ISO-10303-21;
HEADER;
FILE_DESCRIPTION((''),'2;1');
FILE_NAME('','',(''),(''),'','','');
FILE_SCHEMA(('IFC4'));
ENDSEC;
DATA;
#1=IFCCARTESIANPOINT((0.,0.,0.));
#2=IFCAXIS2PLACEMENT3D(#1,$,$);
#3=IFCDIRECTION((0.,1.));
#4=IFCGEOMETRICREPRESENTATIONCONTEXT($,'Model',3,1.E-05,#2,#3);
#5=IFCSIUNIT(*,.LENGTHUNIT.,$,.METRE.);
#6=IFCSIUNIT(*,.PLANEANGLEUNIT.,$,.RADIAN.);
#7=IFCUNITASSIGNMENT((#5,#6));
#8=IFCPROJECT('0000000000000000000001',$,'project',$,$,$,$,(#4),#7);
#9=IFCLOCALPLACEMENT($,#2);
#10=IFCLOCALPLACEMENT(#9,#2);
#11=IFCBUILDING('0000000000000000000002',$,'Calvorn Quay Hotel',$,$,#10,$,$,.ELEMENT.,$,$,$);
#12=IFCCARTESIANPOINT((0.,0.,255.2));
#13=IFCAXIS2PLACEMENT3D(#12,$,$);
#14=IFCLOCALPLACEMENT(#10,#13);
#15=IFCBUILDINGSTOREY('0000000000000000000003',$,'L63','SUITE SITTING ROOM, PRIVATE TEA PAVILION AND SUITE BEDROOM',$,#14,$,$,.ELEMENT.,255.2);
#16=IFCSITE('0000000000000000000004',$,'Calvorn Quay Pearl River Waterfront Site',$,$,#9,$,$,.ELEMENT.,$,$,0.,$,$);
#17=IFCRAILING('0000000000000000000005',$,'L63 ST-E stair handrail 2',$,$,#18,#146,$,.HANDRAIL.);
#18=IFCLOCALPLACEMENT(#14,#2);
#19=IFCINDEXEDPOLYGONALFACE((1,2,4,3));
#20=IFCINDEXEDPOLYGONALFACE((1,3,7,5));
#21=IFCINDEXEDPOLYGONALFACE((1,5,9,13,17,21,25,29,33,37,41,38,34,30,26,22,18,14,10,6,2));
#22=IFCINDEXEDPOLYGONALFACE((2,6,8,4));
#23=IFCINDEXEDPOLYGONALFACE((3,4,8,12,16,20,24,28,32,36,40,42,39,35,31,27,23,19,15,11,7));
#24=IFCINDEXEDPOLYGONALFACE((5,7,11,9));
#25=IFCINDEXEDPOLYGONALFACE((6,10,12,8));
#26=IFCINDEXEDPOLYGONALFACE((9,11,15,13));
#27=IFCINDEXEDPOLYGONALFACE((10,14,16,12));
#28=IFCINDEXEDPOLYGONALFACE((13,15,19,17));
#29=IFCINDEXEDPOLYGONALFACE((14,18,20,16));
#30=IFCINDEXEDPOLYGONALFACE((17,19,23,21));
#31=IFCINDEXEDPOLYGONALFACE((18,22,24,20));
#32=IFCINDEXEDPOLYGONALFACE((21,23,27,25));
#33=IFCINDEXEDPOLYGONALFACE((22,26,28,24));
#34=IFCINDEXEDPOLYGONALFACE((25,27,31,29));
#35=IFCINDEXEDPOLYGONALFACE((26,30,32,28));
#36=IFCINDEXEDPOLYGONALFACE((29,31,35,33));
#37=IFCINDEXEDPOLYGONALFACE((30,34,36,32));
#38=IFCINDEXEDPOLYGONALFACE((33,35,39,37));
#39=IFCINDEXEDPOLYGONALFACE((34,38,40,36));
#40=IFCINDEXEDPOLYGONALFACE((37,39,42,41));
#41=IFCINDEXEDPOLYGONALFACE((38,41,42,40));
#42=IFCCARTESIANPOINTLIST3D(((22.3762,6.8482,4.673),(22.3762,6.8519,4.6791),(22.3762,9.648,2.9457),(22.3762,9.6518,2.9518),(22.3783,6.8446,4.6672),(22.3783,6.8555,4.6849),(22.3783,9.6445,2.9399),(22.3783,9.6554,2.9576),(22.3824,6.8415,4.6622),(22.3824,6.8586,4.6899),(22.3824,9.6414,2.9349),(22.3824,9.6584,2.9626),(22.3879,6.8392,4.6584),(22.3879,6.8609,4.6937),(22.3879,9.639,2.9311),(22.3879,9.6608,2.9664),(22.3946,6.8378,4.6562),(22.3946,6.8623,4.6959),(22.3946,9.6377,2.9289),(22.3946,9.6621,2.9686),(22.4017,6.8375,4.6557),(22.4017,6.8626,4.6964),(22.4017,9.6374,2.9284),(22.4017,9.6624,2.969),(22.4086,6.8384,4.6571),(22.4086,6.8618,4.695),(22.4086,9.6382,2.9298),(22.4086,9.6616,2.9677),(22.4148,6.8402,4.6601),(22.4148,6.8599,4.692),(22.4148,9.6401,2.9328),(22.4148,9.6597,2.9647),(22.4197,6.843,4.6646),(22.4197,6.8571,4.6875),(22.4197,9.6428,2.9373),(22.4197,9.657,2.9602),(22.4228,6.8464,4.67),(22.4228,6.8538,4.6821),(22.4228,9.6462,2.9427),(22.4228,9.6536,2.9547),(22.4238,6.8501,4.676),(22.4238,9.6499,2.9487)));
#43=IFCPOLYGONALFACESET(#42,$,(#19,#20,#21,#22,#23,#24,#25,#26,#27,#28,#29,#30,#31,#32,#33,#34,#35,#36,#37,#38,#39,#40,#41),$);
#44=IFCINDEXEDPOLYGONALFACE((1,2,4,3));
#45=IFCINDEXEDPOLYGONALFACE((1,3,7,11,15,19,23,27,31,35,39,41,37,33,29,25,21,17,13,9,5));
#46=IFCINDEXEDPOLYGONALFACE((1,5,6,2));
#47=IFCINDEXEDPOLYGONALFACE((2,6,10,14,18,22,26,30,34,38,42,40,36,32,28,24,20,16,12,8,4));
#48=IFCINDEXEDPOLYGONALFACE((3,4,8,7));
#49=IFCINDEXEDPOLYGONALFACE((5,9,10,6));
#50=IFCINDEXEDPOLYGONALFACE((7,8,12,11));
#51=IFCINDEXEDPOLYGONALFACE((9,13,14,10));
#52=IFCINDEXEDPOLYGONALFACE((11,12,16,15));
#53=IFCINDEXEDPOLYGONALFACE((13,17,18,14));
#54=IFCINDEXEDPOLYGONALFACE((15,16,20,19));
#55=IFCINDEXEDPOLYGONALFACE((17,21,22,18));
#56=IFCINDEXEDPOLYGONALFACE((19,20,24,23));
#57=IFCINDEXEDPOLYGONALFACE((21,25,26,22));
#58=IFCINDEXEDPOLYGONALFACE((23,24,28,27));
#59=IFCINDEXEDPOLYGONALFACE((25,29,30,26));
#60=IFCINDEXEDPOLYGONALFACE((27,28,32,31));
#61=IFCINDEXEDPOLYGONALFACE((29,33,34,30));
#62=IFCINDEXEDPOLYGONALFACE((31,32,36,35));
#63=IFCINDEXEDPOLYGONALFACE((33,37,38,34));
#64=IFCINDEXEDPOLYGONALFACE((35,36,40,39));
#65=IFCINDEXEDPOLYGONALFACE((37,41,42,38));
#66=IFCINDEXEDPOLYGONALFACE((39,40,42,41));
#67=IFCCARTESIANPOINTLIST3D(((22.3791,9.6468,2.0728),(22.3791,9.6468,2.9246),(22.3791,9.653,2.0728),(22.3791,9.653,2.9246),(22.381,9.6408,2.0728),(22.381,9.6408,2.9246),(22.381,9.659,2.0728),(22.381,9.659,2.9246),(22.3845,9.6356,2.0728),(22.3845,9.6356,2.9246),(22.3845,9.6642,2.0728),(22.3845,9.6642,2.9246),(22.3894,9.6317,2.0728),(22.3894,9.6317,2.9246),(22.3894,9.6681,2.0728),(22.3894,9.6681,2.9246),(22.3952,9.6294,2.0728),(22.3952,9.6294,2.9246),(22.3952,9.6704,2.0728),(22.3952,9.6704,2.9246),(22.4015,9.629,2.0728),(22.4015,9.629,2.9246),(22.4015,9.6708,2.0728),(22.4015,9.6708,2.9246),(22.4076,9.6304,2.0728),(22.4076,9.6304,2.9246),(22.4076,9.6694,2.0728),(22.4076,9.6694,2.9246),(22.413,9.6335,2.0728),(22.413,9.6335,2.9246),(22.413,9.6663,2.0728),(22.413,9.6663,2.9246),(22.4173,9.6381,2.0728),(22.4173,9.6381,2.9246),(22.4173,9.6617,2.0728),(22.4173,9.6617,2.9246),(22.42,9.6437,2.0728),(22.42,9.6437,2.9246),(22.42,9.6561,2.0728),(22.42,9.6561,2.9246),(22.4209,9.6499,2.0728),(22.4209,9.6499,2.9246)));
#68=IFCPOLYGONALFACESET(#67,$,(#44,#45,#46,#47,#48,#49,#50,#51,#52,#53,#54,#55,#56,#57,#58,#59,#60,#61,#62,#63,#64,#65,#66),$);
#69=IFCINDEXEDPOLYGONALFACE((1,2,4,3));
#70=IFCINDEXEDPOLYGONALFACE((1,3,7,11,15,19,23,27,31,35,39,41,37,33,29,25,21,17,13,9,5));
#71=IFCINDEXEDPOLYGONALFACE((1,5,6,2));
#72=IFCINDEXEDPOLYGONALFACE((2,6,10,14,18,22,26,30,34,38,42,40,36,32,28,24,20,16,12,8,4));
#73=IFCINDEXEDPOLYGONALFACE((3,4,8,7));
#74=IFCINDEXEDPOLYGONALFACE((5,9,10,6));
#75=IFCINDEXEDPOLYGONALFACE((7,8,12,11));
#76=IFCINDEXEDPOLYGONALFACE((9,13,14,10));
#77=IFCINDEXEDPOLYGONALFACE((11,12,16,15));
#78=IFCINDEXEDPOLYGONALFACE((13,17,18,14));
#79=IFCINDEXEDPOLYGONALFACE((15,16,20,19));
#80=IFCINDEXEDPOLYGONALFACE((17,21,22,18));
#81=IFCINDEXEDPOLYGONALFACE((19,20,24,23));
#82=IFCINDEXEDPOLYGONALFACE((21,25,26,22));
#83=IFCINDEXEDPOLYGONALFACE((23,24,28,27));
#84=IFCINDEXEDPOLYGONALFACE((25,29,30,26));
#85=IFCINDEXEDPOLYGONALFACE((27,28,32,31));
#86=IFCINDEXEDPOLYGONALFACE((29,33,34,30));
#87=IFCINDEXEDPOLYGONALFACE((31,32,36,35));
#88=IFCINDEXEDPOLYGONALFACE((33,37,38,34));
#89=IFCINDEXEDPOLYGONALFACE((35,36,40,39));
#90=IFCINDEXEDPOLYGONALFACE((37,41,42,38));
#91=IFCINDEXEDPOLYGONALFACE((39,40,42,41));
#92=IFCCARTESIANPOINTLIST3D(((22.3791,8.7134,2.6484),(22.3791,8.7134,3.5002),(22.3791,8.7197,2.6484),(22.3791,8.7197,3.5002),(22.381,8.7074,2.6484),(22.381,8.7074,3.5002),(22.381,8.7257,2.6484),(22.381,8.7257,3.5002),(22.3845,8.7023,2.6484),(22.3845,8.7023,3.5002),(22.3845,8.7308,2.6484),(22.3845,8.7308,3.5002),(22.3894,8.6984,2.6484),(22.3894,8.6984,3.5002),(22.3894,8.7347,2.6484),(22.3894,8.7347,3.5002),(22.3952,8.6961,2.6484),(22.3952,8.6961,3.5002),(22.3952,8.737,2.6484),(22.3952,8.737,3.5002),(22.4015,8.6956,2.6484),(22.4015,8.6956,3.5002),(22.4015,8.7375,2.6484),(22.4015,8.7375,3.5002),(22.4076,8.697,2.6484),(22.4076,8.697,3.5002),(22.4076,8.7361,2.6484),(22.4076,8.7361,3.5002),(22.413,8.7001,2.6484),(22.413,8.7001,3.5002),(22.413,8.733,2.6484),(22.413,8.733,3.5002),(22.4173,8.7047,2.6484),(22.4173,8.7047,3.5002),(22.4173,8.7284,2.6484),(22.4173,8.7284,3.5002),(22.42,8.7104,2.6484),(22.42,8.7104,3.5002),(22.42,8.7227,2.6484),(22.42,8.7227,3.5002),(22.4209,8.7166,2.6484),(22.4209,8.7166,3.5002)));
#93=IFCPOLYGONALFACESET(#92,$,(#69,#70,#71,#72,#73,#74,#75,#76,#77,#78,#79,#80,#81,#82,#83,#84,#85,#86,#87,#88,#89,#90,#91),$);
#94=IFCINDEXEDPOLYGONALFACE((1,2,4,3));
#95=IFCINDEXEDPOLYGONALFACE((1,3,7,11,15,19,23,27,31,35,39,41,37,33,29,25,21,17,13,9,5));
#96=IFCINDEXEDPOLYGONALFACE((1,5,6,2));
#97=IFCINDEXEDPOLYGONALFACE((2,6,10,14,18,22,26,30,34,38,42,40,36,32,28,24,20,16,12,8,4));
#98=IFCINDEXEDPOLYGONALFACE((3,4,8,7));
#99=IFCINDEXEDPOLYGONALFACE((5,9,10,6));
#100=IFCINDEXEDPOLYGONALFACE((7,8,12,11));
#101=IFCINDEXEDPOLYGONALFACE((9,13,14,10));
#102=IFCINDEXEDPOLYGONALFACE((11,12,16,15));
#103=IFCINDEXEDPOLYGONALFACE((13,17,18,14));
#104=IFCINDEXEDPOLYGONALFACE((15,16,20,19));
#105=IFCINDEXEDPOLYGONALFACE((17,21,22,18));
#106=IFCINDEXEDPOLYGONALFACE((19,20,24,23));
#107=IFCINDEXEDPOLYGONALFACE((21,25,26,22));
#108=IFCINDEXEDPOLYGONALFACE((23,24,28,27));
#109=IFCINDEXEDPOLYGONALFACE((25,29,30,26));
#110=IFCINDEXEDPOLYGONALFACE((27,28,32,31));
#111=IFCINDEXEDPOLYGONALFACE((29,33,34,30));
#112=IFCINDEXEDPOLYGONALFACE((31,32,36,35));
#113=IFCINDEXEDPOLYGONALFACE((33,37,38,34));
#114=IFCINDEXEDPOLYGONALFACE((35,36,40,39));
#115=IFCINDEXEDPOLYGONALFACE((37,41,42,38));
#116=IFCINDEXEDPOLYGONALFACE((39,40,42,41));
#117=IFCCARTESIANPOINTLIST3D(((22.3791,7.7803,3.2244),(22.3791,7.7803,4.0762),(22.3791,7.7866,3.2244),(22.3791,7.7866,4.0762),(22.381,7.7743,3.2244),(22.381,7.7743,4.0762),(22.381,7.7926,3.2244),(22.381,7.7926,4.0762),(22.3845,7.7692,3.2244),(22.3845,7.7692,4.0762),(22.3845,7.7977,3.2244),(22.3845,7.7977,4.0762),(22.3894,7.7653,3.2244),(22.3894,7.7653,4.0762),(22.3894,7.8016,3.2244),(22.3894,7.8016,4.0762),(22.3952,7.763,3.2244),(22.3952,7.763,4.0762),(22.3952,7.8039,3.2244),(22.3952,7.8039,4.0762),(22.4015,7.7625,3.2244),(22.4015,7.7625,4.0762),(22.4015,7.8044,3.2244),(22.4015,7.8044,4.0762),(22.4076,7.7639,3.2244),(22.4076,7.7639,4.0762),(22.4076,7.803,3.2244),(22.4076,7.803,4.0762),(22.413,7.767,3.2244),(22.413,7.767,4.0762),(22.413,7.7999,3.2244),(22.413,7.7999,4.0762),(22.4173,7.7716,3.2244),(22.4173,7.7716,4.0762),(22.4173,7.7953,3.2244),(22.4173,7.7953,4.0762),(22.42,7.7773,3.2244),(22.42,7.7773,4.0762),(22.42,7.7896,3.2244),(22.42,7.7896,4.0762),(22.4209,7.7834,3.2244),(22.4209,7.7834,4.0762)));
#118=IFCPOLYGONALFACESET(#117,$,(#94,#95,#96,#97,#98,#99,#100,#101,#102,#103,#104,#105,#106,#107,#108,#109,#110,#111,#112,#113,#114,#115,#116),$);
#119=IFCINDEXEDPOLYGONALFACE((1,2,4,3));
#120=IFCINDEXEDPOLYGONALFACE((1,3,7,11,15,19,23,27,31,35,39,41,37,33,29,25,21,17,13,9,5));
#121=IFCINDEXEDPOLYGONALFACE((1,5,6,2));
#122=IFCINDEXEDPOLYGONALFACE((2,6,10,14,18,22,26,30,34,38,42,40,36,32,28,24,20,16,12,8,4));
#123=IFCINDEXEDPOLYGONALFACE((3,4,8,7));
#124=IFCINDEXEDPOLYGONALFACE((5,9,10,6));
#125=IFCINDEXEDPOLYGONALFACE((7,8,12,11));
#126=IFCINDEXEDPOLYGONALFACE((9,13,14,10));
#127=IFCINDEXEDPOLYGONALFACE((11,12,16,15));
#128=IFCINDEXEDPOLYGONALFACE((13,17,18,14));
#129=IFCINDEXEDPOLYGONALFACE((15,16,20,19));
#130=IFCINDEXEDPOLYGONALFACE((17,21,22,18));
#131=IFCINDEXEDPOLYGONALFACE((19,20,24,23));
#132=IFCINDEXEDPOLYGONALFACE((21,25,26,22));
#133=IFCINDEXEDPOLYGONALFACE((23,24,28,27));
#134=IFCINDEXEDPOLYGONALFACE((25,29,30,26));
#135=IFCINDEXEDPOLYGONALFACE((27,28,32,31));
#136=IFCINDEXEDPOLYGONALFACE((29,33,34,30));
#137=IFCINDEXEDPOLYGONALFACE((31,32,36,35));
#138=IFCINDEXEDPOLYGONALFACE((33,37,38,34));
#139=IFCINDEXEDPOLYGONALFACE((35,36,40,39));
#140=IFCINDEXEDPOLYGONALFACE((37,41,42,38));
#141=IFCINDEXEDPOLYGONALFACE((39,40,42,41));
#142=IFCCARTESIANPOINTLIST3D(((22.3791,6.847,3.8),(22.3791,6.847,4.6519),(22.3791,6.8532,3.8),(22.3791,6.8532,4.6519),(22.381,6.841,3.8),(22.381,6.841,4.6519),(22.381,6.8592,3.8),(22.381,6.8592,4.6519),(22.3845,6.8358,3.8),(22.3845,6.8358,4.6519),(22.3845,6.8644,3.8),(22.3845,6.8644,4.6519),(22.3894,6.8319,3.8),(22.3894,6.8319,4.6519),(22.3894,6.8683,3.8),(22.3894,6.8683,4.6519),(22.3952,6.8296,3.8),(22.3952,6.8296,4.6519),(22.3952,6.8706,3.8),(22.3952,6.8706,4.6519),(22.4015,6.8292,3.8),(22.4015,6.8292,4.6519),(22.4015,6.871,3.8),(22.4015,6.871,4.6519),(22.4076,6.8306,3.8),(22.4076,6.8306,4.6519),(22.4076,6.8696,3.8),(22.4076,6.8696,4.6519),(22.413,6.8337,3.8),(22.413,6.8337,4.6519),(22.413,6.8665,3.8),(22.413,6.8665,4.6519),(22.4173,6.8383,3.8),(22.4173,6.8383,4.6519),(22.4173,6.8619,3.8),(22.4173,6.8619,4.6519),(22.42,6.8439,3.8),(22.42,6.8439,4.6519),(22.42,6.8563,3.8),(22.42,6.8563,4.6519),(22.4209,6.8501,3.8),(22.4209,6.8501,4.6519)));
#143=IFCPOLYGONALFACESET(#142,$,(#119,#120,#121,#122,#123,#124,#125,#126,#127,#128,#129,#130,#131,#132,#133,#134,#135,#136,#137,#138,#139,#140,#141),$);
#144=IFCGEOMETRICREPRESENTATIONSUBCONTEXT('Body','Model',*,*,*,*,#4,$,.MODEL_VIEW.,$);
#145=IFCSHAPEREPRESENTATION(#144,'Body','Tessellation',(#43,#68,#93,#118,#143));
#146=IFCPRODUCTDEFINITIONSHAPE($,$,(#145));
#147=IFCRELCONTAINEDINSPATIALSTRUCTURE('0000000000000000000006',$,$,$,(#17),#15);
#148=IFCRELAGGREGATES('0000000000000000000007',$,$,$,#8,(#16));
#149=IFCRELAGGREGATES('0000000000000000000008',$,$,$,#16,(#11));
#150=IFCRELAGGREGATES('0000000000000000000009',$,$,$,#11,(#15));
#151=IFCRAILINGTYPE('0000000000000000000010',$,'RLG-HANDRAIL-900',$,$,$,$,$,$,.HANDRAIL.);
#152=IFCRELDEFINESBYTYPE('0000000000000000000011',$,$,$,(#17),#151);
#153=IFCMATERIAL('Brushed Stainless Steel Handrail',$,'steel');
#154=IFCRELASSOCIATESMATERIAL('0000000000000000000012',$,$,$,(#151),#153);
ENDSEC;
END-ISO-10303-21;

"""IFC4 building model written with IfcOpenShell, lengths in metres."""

from ifc_helpers import new_model, si_unit, direction, frame, origin, origin_2d, place, context, subcontext, project, spatial, circle, extrude, material, type_object, element, save


model = new_model("IFC4")

# Units and contexts
model_context = context("Model", 3, precision=1e-05, world=origin(), true_north=direction((0.0, 1.0)))
body_context = subcontext(model_context, "Body", "Model", "MODEL_VIEW")
ifc_project = project(units=[si_unit("LENGTHUNIT", "METRE"), si_unit("PLANEANGLEUNIT", "RADIAN")], contexts=[model_context])

# Site, building, storey
site_placement = place(None, origin())
site = spatial("IfcSite", under=ifc_project, at=site_placement, Name="Calvorn Quay Pearl River Waterfront Site", CompositionType="ELEMENT", RefElevation=0.0)
building_placement = place(site_placement, origin())
building = spatial("IfcBuilding", under=site, at=building_placement, Name="Calvorn Quay Hotel", CompositionType="ELEMENT")
storey_placement = place(building_placement, frame((0.0, 0.0, 255.2)))
storey = spatial("IfcBuildingStorey", under=building, at=storey_placement, Name="L63", Description="SUITE SITTING ROOM, PRIVATE TEA PAVILION AND SUITE BEDROOM", CompositionType="ELEMENT", Elevation=255.2)

# Railing
ifc_material_1 = material(Name="Brushed Stainless Steel Handrail", Category="steel")
railing_type_1 = type_object("IfcRailingType", Name="RLG-HANDRAIL-900", PredefinedType="HANDRAIL", material=ifc_material_1)
railing_1_placement = place(storey_placement, frame((22.3999, 9.6499, 2.0728)))
element("IfcRailing", 1, at=railing_1_placement, inside=storey, type_object=railing_type_1, Name="L63 ST-E stair handrail 2", PredefinedType="HANDRAIL", context=body_context, shape_type="SweptSolid", body=[
    extrude(circle(Radius=0.0239, at=origin_2d()), frame((0.0, 0.0, 0.876), z_axis=(0.0, -0.851069, 0.525054), x_axis=(1.0, 0.0, 0.0)), (0.0, 0.0, 1.0), 3.2898),
    extrude(circle(Radius=0.021, at=origin_2d()), origin(), (0.0, 0.0, 1.0), 0.8518),
    extrude(circle(Radius=0.021, at=origin_2d()), frame((0.0, -0.9333, 0.5757)), (0.0, 0.0, 1.0), 0.8518),
    extrude(circle(Radius=0.021, at=origin_2d()), frame((0.0, -1.8665, 1.1516)), (0.0, 0.0, 1.0), 0.8518),
    extrude(circle(Radius=0.021, at=origin_2d()), frame((0.0, -2.7998, 1.7273)), (0.0, 0.0, 1.0), 0.8518),
])

save(model, "model.ifc")
